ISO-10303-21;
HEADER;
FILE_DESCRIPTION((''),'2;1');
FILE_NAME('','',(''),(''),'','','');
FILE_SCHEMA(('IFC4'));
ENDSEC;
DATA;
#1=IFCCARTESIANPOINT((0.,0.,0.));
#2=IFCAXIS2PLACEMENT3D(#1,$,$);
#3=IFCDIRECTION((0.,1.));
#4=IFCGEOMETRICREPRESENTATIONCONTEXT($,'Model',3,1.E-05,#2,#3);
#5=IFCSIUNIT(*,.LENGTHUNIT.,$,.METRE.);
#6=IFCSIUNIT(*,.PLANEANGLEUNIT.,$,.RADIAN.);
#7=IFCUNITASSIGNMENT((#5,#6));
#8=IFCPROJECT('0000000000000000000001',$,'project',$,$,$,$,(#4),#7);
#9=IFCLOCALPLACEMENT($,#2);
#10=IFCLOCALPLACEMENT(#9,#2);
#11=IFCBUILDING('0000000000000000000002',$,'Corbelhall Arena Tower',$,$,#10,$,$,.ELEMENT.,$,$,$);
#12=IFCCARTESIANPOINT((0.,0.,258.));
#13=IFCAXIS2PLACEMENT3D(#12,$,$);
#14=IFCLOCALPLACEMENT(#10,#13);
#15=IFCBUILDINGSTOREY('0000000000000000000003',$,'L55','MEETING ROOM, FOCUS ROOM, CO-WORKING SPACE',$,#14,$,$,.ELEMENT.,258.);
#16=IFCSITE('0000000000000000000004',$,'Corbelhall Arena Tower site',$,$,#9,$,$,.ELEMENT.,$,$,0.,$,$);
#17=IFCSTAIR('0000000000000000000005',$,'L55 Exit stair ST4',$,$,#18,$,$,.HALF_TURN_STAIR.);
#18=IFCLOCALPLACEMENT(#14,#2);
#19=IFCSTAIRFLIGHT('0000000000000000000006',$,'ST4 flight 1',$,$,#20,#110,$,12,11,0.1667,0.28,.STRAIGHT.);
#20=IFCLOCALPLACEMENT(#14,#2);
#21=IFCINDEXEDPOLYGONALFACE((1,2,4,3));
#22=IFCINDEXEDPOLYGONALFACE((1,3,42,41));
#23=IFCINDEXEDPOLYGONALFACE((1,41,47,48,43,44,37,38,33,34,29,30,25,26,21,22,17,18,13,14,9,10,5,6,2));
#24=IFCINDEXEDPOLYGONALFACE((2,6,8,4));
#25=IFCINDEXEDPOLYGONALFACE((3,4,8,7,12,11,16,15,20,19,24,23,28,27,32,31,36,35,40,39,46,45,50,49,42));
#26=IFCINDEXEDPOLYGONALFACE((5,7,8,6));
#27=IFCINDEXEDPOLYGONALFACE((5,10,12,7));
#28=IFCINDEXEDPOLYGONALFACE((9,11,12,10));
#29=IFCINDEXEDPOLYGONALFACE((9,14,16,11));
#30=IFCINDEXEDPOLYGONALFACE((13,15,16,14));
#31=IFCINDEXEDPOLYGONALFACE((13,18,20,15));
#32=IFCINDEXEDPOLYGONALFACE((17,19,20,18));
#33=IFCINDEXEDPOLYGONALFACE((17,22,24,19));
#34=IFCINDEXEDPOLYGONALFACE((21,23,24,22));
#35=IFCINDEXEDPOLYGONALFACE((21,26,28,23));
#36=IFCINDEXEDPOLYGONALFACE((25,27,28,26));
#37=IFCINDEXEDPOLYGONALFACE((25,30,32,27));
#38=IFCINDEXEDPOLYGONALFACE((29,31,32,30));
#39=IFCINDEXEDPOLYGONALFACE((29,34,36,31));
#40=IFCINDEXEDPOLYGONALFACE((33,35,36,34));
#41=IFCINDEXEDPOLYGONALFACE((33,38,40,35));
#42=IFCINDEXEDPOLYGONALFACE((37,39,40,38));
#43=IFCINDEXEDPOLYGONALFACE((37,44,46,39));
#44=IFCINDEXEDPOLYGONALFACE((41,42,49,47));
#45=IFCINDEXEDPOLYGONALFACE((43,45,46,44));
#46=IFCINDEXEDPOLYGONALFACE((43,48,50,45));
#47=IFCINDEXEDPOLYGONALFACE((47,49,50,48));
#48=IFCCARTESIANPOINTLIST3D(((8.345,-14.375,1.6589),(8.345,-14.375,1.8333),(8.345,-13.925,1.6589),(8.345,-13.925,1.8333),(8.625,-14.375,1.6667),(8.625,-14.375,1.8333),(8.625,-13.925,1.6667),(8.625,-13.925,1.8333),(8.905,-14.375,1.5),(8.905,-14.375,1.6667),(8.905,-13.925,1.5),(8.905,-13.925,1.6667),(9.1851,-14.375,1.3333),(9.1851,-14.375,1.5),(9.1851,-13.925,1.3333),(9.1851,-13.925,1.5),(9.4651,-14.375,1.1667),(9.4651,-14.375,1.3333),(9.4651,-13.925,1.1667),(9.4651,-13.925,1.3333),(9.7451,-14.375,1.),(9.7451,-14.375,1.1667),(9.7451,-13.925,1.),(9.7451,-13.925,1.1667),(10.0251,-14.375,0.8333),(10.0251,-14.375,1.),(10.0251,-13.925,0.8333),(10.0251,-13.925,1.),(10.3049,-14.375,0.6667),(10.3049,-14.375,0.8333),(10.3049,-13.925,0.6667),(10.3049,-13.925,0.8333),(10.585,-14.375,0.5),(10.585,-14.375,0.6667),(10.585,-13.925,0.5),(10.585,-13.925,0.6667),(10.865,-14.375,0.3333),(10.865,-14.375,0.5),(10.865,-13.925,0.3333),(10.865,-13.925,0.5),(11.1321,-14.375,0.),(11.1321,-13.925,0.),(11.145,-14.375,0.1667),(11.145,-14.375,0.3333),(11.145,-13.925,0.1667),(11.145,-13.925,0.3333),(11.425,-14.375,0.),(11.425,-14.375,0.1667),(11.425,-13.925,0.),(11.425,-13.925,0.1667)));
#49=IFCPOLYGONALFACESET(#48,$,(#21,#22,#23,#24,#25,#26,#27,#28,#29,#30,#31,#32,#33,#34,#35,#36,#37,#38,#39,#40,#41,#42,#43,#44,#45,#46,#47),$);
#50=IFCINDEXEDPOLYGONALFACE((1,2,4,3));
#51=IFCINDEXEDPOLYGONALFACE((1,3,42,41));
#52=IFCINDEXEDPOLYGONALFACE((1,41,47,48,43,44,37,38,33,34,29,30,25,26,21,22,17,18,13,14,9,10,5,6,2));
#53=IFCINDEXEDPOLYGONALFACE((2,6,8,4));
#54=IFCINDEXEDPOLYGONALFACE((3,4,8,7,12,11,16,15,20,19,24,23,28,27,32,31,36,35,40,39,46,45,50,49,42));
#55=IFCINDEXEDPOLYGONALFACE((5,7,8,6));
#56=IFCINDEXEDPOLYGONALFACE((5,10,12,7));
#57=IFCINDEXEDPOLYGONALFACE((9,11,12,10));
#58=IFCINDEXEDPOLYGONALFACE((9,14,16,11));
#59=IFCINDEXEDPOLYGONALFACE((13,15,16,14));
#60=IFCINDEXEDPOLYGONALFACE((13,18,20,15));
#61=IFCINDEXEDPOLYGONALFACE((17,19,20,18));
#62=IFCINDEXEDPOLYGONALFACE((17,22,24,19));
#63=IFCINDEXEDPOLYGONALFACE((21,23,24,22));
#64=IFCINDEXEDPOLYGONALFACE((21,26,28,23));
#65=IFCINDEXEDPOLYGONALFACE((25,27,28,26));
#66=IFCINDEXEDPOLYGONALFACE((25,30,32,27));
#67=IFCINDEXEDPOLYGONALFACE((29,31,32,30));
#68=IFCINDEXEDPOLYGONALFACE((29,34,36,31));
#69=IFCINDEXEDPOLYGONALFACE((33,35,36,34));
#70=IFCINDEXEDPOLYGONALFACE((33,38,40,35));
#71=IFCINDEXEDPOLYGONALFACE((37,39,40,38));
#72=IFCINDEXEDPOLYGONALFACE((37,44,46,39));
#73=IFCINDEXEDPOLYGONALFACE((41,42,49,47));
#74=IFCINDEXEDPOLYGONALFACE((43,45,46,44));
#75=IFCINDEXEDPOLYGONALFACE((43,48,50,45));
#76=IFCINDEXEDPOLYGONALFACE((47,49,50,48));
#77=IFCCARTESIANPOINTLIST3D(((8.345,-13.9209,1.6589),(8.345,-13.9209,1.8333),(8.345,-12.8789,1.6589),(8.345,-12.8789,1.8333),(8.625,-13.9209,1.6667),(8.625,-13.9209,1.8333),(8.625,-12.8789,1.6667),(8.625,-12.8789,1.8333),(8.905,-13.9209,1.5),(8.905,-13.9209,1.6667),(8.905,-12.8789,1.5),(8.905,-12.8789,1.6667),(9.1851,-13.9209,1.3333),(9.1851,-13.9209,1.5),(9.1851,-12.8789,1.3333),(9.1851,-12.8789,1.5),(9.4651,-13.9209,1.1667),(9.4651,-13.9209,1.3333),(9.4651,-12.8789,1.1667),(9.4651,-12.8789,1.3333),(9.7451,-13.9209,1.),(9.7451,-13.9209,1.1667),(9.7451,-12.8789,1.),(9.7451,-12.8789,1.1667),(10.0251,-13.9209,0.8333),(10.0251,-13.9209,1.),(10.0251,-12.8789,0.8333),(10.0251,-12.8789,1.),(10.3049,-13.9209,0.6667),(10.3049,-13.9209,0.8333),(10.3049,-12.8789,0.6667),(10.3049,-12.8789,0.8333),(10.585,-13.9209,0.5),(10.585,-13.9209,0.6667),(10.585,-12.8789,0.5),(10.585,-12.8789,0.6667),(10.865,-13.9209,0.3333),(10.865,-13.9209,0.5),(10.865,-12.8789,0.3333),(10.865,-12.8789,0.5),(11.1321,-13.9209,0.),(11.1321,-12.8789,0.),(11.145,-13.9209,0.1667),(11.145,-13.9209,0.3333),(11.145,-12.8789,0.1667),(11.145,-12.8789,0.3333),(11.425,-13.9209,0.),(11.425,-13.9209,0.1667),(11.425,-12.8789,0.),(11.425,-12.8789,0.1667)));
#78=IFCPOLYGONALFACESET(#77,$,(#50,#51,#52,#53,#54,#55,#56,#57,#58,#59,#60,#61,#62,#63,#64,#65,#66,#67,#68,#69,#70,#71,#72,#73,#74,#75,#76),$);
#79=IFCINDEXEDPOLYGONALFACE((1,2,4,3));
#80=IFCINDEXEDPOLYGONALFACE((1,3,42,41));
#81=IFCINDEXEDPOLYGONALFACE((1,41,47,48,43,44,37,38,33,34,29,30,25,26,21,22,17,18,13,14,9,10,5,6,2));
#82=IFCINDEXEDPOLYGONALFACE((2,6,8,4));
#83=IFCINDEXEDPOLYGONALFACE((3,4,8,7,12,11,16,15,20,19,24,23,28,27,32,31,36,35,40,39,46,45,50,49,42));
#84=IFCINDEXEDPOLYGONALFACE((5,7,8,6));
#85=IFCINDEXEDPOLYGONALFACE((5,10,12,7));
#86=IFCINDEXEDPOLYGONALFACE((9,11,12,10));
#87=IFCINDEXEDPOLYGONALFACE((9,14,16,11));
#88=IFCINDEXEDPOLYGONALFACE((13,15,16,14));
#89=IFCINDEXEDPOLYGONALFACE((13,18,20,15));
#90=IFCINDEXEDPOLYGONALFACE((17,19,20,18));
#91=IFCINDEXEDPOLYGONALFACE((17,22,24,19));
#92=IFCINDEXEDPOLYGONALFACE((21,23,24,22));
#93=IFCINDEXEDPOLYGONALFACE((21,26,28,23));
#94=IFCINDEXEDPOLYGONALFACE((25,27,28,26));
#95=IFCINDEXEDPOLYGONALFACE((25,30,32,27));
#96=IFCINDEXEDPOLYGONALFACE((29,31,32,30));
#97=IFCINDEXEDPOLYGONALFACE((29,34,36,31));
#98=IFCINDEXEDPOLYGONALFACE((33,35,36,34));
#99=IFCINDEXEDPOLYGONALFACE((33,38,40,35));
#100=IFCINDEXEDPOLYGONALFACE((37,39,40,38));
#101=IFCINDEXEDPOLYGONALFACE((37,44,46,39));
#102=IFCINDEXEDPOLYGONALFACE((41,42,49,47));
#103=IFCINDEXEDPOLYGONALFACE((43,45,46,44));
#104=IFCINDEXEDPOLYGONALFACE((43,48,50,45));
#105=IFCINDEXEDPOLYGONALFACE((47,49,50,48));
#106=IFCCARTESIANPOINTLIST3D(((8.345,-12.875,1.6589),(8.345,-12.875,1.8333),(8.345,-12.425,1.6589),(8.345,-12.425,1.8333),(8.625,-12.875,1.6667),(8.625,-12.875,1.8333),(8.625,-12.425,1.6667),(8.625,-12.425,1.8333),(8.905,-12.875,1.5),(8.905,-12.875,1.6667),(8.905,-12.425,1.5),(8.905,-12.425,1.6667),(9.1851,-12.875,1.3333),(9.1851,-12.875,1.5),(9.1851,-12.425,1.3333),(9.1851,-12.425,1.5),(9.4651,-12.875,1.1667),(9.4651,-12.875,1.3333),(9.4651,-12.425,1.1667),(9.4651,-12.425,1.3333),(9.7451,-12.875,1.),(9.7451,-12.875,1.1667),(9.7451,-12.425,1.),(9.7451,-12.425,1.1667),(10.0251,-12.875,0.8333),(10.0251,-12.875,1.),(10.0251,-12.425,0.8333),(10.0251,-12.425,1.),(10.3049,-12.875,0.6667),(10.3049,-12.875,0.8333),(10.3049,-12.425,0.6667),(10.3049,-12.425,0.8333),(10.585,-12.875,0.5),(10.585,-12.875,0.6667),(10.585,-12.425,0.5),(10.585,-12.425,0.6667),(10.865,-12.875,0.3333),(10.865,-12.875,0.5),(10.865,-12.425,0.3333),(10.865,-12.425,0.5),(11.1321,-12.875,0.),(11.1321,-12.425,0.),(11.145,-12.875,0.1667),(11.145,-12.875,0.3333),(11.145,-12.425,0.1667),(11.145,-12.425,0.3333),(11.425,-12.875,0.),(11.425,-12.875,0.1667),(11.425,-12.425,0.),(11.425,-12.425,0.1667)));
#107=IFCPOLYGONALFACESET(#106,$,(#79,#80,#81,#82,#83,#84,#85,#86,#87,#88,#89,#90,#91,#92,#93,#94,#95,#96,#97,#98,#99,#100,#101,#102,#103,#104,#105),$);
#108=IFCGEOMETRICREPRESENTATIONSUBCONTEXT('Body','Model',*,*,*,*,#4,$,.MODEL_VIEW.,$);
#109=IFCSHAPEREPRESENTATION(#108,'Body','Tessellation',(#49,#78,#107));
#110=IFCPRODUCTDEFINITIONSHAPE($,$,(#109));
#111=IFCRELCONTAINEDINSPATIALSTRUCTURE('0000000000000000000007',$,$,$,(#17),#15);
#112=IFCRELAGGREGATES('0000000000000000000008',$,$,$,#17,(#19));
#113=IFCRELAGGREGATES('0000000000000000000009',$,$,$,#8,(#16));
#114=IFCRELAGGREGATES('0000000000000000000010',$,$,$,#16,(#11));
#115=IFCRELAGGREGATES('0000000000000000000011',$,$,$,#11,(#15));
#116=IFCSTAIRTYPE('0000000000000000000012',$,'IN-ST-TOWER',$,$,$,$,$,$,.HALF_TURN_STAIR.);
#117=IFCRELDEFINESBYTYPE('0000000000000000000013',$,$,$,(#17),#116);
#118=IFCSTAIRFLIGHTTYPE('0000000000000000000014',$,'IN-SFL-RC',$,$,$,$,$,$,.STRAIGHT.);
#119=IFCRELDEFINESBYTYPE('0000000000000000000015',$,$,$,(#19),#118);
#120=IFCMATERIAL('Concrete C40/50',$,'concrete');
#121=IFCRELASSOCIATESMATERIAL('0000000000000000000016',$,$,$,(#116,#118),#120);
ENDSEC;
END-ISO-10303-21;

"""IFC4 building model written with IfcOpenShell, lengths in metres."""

from ifc_helpers import new_model, si_unit, direction, frame, origin, place, context, subcontext, project, spatial, polyline, outline, extrude, material, type_object, element, aggregate, save


model = new_model("IFC4")

# Units and contexts
model_context = context("Model", 3, precision=1e-05, world=origin(), true_north=direction((0.0, 1.0)))
body_context = subcontext(model_context, "Body", "Model", "MODEL_VIEW")
ifc_project = project(units=[si_unit("LENGTHUNIT", "METRE"), si_unit("PLANEANGLEUNIT", "RADIAN")], contexts=[model_context])

# Site, building, storey
site_placement = place(None, origin())
site = spatial("IfcSite", under=ifc_project, at=site_placement, Name="Corbelhall Arena Tower site", CompositionType="ELEMENT", RefElevation=0.0)
building_placement = place(site_placement, origin())
building = spatial("IfcBuilding", under=site, at=building_placement, Name="Corbelhall Arena Tower", CompositionType="ELEMENT")
storey_placement = place(building_placement, frame((0.0, 0.0, 258.0)))
storey = spatial("IfcBuildingStorey", under=building, at=storey_placement, Name="L55", Description="MEETING ROOM, FOCUS ROOM, CO-WORKING SPACE", CompositionType="ELEMENT", Elevation=258.0)

# Shared definitions
ifc_material_1 = material(Name="Concrete C40/50", Category="concrete")

# Stair, stair flight
stair_type = type_object("IfcStairType", Name="IN-ST-TOWER", PredefinedType="HALF_TURN_STAIR", material=ifc_material_1)
stair_placement = place(storey_placement, origin())
stair = element("IfcStair", 1, at=stair_placement, inside=storey, type_object=stair_type, Name="L55 Exit stair ST4", PredefinedType="HALF_TURN_STAIR")
stair_flight_type = type_object("IfcStairFlightType", Name="IN-SFL-RC", PredefinedType="STRAIGHT", material=ifc_material_1)
stair_flight_1_placement = place(storey_placement, frame((11.425, -13.3999, 0.0), z_axis=(0.0, 0.0, 1.0), x_axis=(-1.0, 0.0, 0.0)))
stair_flight_1 = element("IfcStairFlight", 2, at=stair_flight_1_placement, type_object=stair_flight_type, Name="ST4 flight 1", NumberOfRisers=12, NumberOfTreads=11, PredefinedType="STRAIGHT", RiserHeight=0.1667, TreadLength=0.28, context=body_context, shape_type="SweptSolid", body=[
    extrude(outline(polyline([(0.0, 0.0), (0.0, 0.1667), (0.28, 0.1667), (0.28, 0.3333), (0.5601, 0.3333), (0.5601, 0.5), (0.8401, 0.5), (0.8401, 0.6667), (1.1201, 0.6667), (1.1201, 0.8333), (1.3999, 0.8333), (1.3999, 1.0), (1.6799, 1.0), (1.6799, 1.1667), (1.96, 1.1667), (1.96, 1.3333), (2.24, 1.3333), (2.24, 1.5), (2.52, 1.5), (2.52, 1.6667), (2.8, 1.6667), (2.8, 1.8333), (3.0801, 1.8333), (3.0801, 2.0), (3.0801, 1.6589), (0.293, 0.0), (0.0, 0.0)])), frame((0.0, 0.9751, 0.0), z_axis=(0.0, -1.0, 0.0), x_axis=(1.0, 0.0, 0.0)), (0.0, 0.0, 1.0), 0.45),
    extrude(outline(polyline([(0.0, 0.0), (0.0, 0.1667), (0.28, 0.1667), (0.28, 0.3333), (0.5601, 0.3333), (0.5601, 0.5), (0.8401, 0.5), (0.8401, 0.6667), (1.1201, 0.6667), (1.1201, 0.8333), (1.3999, 0.8333), (1.3999, 1.0), (1.6799, 1.0), (1.6799, 1.1667), (1.96, 1.1667), (1.96, 1.3333), (2.24, 1.3333), (2.24, 1.5), (2.52, 1.5), (2.52, 1.6667), (2.8, 1.6667), (2.8, 1.8333), (3.0801, 1.8333), (3.0801, 2.0), (3.0801, 1.6589), (0.293, 0.0), (0.0, 0.0)])), frame((0.0, 0.521, 0.0), z_axis=(0.0, -1.0, 0.0), x_axis=(1.0, 0.0, 0.0)), (0.0, 0.0, 1.0), 1.042),
    extrude(outline(polyline([(0.0, 0.0), (0.0, 0.1667), (0.28, 0.1667), (0.28, 0.3333), (0.5601, 0.3333), (0.5601, 0.5), (0.8401, 0.5), (0.8401, 0.6667), (1.1201, 0.6667), (1.1201, 0.8333), (1.3999, 0.8333), (1.3999, 1.0), (1.6799, 1.0), (1.6799, 1.1667), (1.96, 1.1667), (1.96, 1.3333), (2.24, 1.3333), (2.24, 1.5), (2.52, 1.5), (2.52, 1.6667), (2.8, 1.6667), (2.8, 1.8333), (3.0801, 1.8333), (3.0801, 2.0), (3.0801, 1.6589), (0.293, 0.0), (0.0, 0.0)])), frame((0.0, -0.5249, 0.0), z_axis=(0.0, -1.0, 0.0), x_axis=(1.0, 0.0, 0.0)), (0.0, 0.0, 1.0), 0.45),
])
aggregate(stair, [stair_flight_1])

save(model, "model.ifc")
